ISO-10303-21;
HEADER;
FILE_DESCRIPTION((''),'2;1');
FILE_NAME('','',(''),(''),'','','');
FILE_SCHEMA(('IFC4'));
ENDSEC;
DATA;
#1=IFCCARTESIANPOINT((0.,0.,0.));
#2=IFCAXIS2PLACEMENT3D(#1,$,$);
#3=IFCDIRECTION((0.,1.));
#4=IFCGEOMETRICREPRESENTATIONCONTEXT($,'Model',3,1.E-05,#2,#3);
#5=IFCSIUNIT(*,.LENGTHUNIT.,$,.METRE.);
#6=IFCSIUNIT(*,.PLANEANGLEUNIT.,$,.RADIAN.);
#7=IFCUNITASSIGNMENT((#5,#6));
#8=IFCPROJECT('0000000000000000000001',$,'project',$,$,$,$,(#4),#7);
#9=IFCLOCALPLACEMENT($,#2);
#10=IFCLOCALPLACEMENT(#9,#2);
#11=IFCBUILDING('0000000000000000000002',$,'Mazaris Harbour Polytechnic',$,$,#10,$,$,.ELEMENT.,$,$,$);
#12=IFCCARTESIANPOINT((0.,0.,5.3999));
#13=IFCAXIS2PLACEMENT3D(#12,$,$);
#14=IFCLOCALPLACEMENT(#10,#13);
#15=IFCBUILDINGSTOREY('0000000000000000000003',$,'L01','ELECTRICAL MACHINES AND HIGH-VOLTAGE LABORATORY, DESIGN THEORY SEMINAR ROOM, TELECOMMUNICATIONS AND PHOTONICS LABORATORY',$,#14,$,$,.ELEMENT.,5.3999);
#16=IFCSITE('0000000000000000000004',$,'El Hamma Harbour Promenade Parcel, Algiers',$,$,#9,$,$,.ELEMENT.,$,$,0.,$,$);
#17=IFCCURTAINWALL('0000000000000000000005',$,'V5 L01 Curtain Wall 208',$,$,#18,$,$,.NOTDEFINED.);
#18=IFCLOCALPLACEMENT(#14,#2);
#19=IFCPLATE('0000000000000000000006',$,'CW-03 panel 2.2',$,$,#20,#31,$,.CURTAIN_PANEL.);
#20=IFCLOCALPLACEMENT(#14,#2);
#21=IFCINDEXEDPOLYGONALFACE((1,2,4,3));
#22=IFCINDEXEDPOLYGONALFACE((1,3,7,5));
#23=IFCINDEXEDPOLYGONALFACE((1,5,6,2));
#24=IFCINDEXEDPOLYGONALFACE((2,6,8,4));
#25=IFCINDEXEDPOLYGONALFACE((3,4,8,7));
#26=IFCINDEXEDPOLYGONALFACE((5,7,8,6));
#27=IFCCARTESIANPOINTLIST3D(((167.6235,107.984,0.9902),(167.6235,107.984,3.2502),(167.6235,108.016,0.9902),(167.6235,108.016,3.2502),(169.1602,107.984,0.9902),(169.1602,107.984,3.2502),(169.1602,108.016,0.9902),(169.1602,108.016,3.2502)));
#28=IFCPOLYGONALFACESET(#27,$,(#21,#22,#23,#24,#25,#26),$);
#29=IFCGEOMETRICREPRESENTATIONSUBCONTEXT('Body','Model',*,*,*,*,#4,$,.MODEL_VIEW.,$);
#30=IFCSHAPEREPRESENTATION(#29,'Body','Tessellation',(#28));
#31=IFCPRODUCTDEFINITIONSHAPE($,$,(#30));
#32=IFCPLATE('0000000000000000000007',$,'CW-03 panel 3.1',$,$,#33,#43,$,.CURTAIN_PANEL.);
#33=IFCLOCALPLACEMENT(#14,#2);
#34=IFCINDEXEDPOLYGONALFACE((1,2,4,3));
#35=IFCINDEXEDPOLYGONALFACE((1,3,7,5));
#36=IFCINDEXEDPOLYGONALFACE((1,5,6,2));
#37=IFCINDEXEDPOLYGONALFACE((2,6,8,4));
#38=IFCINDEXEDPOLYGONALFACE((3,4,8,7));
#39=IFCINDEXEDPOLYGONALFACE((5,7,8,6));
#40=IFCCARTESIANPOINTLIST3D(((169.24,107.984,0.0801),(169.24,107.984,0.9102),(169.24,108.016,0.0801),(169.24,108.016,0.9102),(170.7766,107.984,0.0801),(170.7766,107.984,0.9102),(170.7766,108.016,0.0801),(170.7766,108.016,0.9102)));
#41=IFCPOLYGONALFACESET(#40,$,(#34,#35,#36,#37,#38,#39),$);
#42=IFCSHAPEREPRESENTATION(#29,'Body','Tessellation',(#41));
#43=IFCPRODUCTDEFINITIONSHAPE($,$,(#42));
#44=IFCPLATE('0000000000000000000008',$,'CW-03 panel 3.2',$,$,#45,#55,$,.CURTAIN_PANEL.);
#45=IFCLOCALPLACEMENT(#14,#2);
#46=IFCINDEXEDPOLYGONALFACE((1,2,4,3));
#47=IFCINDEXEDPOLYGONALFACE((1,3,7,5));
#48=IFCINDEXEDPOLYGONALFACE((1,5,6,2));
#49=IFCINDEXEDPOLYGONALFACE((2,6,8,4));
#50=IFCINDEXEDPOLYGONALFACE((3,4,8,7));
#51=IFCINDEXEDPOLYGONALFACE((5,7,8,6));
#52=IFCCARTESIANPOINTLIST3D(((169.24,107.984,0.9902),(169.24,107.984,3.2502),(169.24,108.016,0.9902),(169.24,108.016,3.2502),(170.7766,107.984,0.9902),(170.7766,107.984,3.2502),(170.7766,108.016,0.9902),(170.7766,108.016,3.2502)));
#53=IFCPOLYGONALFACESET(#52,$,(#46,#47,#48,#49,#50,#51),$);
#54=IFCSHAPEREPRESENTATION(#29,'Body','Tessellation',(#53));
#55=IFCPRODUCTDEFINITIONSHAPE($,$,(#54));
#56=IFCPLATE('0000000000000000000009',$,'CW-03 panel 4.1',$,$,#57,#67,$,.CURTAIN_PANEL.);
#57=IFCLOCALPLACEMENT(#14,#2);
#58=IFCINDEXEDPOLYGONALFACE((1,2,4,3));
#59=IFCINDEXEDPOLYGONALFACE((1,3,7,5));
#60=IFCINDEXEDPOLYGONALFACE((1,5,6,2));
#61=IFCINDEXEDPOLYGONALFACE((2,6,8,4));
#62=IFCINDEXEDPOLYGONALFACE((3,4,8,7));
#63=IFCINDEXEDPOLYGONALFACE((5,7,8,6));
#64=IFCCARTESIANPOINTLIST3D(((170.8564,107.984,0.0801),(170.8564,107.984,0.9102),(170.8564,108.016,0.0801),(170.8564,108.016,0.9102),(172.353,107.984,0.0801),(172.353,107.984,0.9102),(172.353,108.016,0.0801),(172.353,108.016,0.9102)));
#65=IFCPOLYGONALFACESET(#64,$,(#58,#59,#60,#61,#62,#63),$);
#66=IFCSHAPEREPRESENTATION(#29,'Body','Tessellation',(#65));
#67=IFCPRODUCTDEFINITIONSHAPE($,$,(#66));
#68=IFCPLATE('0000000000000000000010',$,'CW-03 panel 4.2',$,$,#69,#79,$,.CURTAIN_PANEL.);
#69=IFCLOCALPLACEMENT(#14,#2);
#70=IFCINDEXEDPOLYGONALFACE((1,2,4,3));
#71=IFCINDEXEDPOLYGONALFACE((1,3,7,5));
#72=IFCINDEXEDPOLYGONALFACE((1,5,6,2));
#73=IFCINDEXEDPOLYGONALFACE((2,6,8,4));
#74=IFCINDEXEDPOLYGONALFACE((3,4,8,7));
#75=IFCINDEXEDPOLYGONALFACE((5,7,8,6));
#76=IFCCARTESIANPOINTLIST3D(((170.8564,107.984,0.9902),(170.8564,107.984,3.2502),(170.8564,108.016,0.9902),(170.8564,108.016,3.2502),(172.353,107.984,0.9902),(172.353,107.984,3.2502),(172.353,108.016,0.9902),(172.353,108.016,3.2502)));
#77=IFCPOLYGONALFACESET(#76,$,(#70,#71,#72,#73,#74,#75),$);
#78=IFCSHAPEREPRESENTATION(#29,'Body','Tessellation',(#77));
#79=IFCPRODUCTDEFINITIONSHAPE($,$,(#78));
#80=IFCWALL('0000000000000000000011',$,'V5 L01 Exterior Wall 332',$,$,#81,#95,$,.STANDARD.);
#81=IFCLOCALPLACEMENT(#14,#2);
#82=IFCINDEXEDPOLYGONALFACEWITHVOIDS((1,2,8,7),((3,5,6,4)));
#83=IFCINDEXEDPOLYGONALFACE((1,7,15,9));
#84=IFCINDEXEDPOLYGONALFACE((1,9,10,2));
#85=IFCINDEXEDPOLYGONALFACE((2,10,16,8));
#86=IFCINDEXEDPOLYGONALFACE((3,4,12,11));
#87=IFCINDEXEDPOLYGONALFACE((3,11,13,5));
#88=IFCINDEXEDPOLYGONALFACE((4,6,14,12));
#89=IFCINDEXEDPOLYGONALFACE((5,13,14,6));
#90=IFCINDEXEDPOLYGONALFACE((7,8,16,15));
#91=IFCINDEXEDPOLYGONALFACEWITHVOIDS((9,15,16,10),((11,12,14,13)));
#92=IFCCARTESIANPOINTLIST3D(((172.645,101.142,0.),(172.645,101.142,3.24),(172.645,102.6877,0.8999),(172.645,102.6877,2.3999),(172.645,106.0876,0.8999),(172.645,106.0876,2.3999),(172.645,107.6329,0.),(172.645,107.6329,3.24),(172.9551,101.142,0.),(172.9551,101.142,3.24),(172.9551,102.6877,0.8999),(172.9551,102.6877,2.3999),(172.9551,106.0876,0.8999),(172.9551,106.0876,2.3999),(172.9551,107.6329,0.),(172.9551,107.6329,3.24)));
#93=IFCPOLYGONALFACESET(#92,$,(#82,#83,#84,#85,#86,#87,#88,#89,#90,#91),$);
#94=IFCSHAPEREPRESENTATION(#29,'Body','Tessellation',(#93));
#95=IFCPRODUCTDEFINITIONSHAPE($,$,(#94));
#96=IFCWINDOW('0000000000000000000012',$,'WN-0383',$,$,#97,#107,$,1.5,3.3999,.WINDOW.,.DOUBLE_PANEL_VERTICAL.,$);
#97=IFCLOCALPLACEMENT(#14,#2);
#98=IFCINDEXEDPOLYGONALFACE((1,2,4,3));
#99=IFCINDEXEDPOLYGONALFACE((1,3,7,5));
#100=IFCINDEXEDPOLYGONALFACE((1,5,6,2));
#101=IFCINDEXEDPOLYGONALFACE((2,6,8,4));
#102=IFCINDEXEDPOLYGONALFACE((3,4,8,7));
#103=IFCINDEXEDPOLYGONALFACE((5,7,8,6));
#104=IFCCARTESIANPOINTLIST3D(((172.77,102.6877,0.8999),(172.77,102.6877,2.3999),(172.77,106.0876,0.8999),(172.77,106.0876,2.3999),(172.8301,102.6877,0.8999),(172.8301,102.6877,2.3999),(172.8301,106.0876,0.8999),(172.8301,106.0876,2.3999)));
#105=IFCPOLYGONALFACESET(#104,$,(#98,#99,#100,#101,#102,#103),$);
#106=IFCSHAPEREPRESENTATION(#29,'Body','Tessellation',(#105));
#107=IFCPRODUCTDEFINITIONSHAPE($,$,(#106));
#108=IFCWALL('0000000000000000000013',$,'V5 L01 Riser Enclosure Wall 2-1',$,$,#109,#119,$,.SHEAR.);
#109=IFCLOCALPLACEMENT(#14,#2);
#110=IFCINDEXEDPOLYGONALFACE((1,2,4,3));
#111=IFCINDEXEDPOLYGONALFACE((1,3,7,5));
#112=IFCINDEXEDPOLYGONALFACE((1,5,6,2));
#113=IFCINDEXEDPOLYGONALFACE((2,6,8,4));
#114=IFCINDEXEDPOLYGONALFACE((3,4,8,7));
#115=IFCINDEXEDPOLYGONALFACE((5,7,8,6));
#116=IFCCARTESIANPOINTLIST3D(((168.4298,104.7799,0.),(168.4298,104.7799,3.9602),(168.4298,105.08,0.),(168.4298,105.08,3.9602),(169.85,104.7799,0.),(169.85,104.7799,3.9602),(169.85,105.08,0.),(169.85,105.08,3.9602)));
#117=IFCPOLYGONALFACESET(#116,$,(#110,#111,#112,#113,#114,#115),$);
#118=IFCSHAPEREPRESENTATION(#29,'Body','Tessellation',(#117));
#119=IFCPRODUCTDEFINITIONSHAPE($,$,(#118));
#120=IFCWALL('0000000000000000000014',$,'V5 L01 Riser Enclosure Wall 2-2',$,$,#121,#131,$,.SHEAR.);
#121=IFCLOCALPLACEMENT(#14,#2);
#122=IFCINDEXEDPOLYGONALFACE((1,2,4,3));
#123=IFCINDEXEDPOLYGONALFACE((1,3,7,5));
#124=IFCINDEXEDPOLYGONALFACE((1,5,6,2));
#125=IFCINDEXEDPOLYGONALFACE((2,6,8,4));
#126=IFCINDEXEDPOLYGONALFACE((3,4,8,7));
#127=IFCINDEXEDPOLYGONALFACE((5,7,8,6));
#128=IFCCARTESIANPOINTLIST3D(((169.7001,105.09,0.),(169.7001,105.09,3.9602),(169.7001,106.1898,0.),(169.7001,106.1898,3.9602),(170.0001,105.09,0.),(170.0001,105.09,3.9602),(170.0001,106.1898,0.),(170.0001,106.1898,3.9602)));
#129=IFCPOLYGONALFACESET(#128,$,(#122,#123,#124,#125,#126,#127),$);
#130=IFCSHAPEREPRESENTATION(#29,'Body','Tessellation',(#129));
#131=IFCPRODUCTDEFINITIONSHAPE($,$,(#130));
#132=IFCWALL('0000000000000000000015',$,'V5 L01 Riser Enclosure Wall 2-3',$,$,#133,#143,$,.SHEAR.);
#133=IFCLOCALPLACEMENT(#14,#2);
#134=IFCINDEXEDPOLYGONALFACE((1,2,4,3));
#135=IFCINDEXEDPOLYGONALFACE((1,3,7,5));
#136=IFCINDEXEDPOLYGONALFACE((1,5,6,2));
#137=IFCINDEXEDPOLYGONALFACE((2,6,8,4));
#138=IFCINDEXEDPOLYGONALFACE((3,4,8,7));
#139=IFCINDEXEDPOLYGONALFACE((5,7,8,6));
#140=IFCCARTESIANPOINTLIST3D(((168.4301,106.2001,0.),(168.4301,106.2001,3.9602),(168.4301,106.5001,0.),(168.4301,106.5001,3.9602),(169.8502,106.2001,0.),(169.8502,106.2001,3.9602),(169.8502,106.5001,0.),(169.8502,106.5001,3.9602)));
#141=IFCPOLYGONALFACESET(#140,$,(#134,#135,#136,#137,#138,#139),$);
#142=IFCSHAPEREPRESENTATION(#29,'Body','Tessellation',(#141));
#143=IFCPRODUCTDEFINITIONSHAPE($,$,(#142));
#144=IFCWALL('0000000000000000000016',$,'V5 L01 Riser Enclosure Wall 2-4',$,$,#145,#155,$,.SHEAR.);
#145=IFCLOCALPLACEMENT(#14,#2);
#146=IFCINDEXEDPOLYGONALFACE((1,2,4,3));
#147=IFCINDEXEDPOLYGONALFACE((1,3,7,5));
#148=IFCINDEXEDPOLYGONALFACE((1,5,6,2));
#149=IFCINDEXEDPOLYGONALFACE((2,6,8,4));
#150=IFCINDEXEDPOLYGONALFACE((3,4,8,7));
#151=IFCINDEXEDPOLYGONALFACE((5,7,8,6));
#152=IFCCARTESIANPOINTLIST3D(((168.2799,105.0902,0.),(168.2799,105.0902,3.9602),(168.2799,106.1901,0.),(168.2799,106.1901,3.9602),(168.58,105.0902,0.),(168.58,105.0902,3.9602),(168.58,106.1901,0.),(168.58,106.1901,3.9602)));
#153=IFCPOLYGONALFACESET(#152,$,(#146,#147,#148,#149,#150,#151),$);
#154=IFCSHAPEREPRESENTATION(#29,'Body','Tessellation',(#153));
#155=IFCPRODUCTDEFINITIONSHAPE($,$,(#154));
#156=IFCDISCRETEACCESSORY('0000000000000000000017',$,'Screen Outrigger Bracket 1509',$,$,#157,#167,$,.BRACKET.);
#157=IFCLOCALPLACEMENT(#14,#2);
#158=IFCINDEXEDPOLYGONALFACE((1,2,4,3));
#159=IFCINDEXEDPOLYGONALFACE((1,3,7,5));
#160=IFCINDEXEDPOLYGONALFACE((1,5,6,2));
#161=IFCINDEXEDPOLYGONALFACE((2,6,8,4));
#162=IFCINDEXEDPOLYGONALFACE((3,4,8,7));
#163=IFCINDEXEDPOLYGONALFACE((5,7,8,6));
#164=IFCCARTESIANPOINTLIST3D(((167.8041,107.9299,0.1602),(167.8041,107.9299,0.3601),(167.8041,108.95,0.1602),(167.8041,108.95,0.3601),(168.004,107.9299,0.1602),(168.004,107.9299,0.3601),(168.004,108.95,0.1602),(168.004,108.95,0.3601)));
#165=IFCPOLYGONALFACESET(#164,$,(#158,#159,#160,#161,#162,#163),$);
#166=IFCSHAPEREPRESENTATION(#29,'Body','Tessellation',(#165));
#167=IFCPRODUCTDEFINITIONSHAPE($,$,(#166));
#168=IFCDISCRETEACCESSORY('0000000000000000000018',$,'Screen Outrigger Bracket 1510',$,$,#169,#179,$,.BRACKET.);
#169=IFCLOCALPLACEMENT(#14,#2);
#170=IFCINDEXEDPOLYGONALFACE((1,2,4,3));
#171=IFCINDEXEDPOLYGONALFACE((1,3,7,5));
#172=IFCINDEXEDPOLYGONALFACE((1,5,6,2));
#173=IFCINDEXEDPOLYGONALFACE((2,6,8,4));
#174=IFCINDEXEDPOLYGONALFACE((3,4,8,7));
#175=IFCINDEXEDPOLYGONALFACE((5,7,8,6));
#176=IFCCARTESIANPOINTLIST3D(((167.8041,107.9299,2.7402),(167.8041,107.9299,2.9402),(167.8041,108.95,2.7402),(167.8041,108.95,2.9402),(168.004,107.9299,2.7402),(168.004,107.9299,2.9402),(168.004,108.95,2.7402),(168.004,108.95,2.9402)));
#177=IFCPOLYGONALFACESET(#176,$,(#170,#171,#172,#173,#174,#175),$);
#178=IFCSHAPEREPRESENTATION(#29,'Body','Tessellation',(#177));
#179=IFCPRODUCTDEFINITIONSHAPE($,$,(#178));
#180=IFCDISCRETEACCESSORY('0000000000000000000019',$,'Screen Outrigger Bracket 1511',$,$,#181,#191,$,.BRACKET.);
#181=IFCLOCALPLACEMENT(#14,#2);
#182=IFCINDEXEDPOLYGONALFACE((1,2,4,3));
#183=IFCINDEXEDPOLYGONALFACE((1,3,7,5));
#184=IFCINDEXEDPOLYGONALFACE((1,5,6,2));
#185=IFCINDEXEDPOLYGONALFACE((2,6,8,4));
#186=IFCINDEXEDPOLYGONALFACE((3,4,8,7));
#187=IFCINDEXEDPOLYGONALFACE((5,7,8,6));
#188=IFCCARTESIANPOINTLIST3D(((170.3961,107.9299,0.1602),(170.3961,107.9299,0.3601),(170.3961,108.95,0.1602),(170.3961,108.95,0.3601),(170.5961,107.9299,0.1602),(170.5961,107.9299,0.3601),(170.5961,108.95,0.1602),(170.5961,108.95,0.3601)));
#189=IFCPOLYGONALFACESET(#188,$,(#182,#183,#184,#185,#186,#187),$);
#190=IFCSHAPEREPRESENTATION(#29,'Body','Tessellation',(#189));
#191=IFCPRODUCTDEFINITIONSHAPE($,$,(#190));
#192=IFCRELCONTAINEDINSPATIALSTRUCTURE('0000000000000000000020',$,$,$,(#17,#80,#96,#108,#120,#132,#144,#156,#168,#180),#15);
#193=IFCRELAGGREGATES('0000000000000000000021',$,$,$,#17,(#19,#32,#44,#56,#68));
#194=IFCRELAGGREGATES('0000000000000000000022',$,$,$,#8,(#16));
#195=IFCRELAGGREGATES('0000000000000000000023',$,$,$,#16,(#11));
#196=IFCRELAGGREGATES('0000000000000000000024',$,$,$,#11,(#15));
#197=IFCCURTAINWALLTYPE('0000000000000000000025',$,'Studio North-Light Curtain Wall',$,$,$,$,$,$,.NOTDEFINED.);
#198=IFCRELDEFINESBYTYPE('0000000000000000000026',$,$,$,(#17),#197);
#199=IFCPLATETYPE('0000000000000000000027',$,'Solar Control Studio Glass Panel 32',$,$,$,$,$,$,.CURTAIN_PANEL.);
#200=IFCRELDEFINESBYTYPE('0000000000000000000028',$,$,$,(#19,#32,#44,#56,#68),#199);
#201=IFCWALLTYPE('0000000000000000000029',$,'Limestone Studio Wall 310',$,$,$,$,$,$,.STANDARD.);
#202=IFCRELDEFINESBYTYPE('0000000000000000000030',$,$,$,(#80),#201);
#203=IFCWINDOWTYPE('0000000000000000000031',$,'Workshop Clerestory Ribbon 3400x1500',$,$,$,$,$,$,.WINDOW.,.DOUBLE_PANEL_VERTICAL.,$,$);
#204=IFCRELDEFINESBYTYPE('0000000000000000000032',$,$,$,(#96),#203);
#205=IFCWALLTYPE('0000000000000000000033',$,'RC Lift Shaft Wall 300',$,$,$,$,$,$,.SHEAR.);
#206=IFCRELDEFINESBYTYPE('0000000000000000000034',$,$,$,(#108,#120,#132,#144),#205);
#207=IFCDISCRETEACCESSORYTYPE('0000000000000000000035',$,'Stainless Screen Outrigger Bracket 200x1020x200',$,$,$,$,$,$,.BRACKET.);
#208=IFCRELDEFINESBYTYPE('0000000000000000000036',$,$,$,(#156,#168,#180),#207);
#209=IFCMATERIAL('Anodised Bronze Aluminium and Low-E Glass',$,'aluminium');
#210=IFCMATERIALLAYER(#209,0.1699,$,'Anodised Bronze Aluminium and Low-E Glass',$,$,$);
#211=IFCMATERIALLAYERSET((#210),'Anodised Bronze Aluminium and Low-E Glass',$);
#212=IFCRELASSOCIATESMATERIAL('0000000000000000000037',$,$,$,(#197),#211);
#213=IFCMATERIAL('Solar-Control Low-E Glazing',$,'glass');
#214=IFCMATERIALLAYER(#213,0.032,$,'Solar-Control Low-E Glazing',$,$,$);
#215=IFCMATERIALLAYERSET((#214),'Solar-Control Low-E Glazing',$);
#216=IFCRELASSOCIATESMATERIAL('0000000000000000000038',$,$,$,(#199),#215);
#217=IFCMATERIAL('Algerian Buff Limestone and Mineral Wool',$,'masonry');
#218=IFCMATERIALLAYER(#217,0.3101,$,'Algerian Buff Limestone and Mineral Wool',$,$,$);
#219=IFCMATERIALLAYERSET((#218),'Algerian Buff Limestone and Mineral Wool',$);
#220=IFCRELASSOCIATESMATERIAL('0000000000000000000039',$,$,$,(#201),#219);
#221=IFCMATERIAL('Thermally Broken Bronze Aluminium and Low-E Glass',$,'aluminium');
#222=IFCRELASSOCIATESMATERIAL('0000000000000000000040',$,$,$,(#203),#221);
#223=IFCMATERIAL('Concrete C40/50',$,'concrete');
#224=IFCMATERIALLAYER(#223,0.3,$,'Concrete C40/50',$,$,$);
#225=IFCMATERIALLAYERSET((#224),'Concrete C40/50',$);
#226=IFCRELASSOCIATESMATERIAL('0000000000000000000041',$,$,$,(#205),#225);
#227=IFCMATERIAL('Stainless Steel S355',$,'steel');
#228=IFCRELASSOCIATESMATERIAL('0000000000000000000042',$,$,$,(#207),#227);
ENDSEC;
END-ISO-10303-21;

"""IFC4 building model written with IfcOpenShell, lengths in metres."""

from ifc_helpers import new_model, si_unit, direction, frame, frame_2d, origin, origin_2d, place, context, subcontext, project, spatial, rectangle, extrude, material, layer, layer_set, type_object, element, fill, aggregate, save


model = new_model("IFC4")

# Units and contexts
model_context = context("Model", 3, precision=1e-05, world=origin(), true_north=direction((0.0, 1.0)))
body_context = subcontext(model_context, "Body", "Model", "MODEL_VIEW")
ifc_project = project(units=[si_unit("LENGTHUNIT", "METRE"), si_unit("PLANEANGLEUNIT", "RADIAN")], contexts=[model_context])

# Site, building, storey
site_placement = place(None, origin())
site = spatial("IfcSite", under=ifc_project, at=site_placement, Name="El Hamma Harbour Promenade Parcel, Algiers", CompositionType="ELEMENT", RefElevation=0.0)
building_placement = place(site_placement, origin())
building = spatial("IfcBuilding", under=site, at=building_placement, Name="Mazaris Harbour Polytechnic", CompositionType="ELEMENT")
storey_placement = place(building_placement, frame((0.0, 0.0, 5.3999)))
storey = spatial("IfcBuildingStorey", under=building, at=storey_placement, Name="L01", Description="ELECTRICAL MACHINES AND HIGH-VOLTAGE LABORATORY, DESIGN THEORY SEMINAR ROOM, TELECOMMUNICATIONS AND PHOTONICS LABORATORY", CompositionType="ELEMENT", Elevation=5.3999)

# Curtain wall
ifc_material_1 = material(Name="Anodised Bronze Aluminium and Low-E Glass", Category="aluminium")
ifc_layer_1 = layer(ifc_material_1, 0.1699, Name="Anodised Bronze Aluminium and Low-E Glass")
ifc_layer_set_1 = layer_set([ifc_layer_1], Name="Anodised Bronze Aluminium and Low-E Glass")
curtain_wall_type = type_object("IfcCurtainWallType", Name="Studio North-Light Curtain Wall", PredefinedType="NOTDEFINED", material=ifc_layer_set_1)
curtain_wall_placement = place(storey_placement, origin())
curtain_wall = element("IfcCurtainWall", 1, at=curtain_wall_placement, inside=storey, type_object=curtain_wall_type, Name="V5 L01 Curtain Wall 208", PredefinedType="NOTDEFINED")

# Plates
ifc_material_2 = material(Name="Solar-Control Low-E Glazing", Category="glass")
ifc_layer_2 = layer(ifc_material_2, 0.032, Name="Solar-Control Low-E Glazing")
ifc_layer_set_2 = layer_set([ifc_layer_2], Name="Solar-Control Low-E Glazing")
plate_type = type_object("IfcPlateType", Name="Solar Control Studio Glass Panel 32", PredefinedType="CURTAIN_PANEL", material=ifc_layer_set_2)
plate_1_placement = place(storey_placement, frame((168.3918, 108.0, 0.9902), z_axis=(0.0, 0.0, 1.0), x_axis=(1.0, 0.0, 0.0)))
plate_1 = element("IfcPlate", 2, at=plate_1_placement, type_object=plate_type, Name="CW-03 panel 2.2", PredefinedType="CURTAIN_PANEL", context=body_context, shape_type="SweptSolid", body=[
    extrude(rectangle(XDim=1.5366, YDim=0.032, at=origin_2d()), origin(), (0.0, 0.0, 1.0), 2.26),
])
plate_2_placement = place(storey_placement, frame((170.0083, 108.0, 0.0801), z_axis=(0.0, 0.0, 1.0), x_axis=(1.0, 0.0, 0.0)))
plate_2 = element("IfcPlate", 3, at=plate_2_placement, type_object=plate_type, Name="CW-03 panel 3.1", PredefinedType="CURTAIN_PANEL", context=body_context, shape_type="SweptSolid", body=[
    extrude(rectangle(XDim=1.5366, YDim=0.032, at=origin_2d()), origin(), (0.0, 0.0, 1.0), 0.8301),
])
plate_3_placement = place(storey_placement, frame((170.0083, 108.0, 0.9902), z_axis=(0.0, 0.0, 1.0), x_axis=(1.0, 0.0, 0.0)))
plate_3 = element("IfcPlate", 4, at=plate_3_placement, type_object=plate_type, Name="CW-03 panel 3.2", PredefinedType="CURTAIN_PANEL", context=body_context, shape_type="SweptSolid", body=[
    extrude(rectangle(XDim=1.5366, YDim=0.032, at=origin_2d()), origin(), (0.0, 0.0, 1.0), 2.26),
])
plate_4_placement = place(storey_placement, frame((171.6047, 108.0, 0.0801), z_axis=(0.0, 0.0, 1.0), x_axis=(1.0, 0.0, 0.0)))
plate_4 = element("IfcPlate", 5, at=plate_4_placement, type_object=plate_type, Name="CW-03 panel 4.1", PredefinedType="CURTAIN_PANEL", context=body_context, shape_type="SweptSolid", body=[
    extrude(rectangle(XDim=1.4966, YDim=0.032, at=origin_2d()), origin(), (0.0, 0.0, 1.0), 0.8301),
])
plate_5_placement = place(storey_placement, frame((171.6047, 108.0, 0.9902), z_axis=(0.0, 0.0, 1.0), x_axis=(1.0, 0.0, 0.0)))
plate_5 = element("IfcPlate", 6, at=plate_5_placement, type_object=plate_type, Name="CW-03 panel 4.2", PredefinedType="CURTAIN_PANEL", context=body_context, shape_type="SweptSolid", body=[
    extrude(rectangle(XDim=1.4966, YDim=0.032, at=origin_2d()), origin(), (0.0, 0.0, 1.0), 2.26),
])
aggregate(curtain_wall, [plate_1, plate_2, plate_3, plate_4, plate_5])

# Wall, opening, window
ifc_material_3 = material(Name="Algerian Buff Limestone and Mineral Wool", Category="masonry")
ifc_layer_3 = layer(ifc_material_3, 0.3101, Name="Algerian Buff Limestone and Mineral Wool")
ifc_layer_set_3 = layer_set([ifc_layer_3], Name="Algerian Buff Limestone and Mineral Wool")
wall_type_1 = type_object("IfcWallType", Name="Limestone Studio Wall 310", PredefinedType="STANDARD", material=ifc_layer_set_3)
wall_1_placement = place(storey_placement, frame((172.8, 107.6331, 0.0), z_axis=(0.0, 0.0, 1.0), x_axis=(0.0, -1.0, 0.0)))
wall_1 = element("IfcWall", 7, at=wall_1_placement, inside=storey, type_object=wall_type_1, Name="V5 L01 Exterior Wall 332", PredefinedType="STANDARD", context=body_context, shape_type="SweptSolid", body=[
    extrude(rectangle(XDim=6.491, YDim=0.3101, at=frame_2d((3.2456, 0.0))), origin(), (0.0, 0.0, 1.0), 3.24),
])
opening_placement = place(wall_1_placement, frame((1.5454, 0.0, 0.8999)))
opening = element("IfcOpeningElement", 8, at=opening_placement, cuts=wall_1, PredefinedType="OPENING", context=body_context, shape_type="SweptSolid", body=[
    extrude(rectangle(XDim=3.3999, YDim=1.5, at=frame_2d((1.7, 0.75))), frame((0.0, 0.165, 0.0), z_axis=(0.0, -1.0, 0.0), x_axis=(1.0, 0.0, 0.0)), (0.0, 0.0, 1.0), 0.3301),
])
ifc_material_4 = material(Name="Thermally Broken Bronze Aluminium and Low-E Glass", Category="aluminium")
window_type = type_object("IfcWindowType", Name="Workshop Clerestory Ribbon 3400x1500", PartitioningType="DOUBLE_PANEL_VERTICAL", PredefinedType="WINDOW", material=ifc_material_4)
window_placement = place(opening_placement, origin())
window = element("IfcWindow", 9, at=window_placement, inside=storey, type_object=window_type, Name="WN-0383", OverallHeight=1.5, OverallWidth=3.3999, PartitioningType="DOUBLE_PANEL_VERTICAL", PredefinedType="WINDOW", context=body_context, shape_type="SweptSolid", body=[
    extrude(rectangle(XDim=3.3999, YDim=1.5, at=frame_2d((1.7, 0.75))), frame((0.0, 0.03, 0.0), z_axis=(0.0, -1.0, 0.0), x_axis=(1.0, 0.0, 0.0)), (0.0, 0.0, 1.0), 0.0601),
])
fill(opening, window)

# Walls
ifc_material_5 = material(Name="Concrete C40/50", Category="concrete")
ifc_layer_4 = layer(ifc_material_5, 0.3, Name="Concrete C40/50")
ifc_layer_set_4 = layer_set([ifc_layer_4], Name="Concrete C40/50")
wall_type_2 = type_object("IfcWallType", Name="RC Lift Shaft Wall 300", PredefinedType="SHEAR", material=ifc_layer_set_4)
wall_2_placement = place(storey_placement, frame((168.4299, 104.9299, 0.0), z_axis=(0.0, 0.0, 1.0), x_axis=(1.0, 0.0, 0.0)))
element("IfcWall", 10, at=wall_2_placement, inside=storey, type_object=wall_type_2, Name="V5 L01 Riser Enclosure Wall 2-1", PredefinedType="SHEAR", context=body_context, shape_type="SweptSolid", body=[
    extrude(rectangle(XDim=1.4202, YDim=0.3, at=frame_2d((0.71, 0.0))), origin(), (0.0, 0.0, 1.0), 3.9602),
])
wall_3_placement = place(storey_placement, frame((169.8501, 105.0901, 0.0), z_axis=(0.0, 0.0, 1.0), x_axis=(0.0, 1.0, 0.0)))
element("IfcWall", 11, at=wall_3_placement, inside=storey, type_object=wall_type_2, Name="V5 L01 Riser Enclosure Wall 2-2", PredefinedType="SHEAR", context=body_context, shape_type="SweptSolid", body=[
    extrude(rectangle(XDim=1.0999, YDim=0.3, at=frame_2d((0.5498, 0.0))), origin(), (0.0, 0.0, 1.0), 3.9602),
])
wall_4_placement = place(storey_placement, frame((169.8501, 106.3501, 0.0), z_axis=(0.0, 0.0, 1.0), x_axis=(-1.0, 0.0, 0.0)))
element("IfcWall", 12, at=wall_4_placement, inside=storey, type_object=wall_type_2, Name="V5 L01 Riser Enclosure Wall 2-3", PredefinedType="SHEAR", context=body_context, shape_type="SweptSolid", body=[
    extrude(rectangle(XDim=1.4202, YDim=0.3, at=frame_2d((0.71, 0.0))), origin(), (0.0, 0.0, 1.0), 3.9602),
])
wall_5_placement = place(storey_placement, frame((168.4299, 106.1899, 0.0), z_axis=(0.0, 0.0, 1.0), x_axis=(0.0, -1.0, 0.0)))
element("IfcWall", 13, at=wall_5_placement, inside=storey, type_object=wall_type_2, Name="V5 L01 Riser Enclosure Wall 2-4", PredefinedType="SHEAR", context=body_context, shape_type="SweptSolid", body=[
    extrude(rectangle(XDim=1.0999, YDim=0.3, at=frame_2d((0.5498, 0.0))), origin(), (0.0, 0.0, 1.0), 3.9602),
])

# Discrete accessories
ifc_material_6 = material(Name="Stainless Steel S355", Category="steel")
discrete_accessory_type = type_object("IfcDiscreteAccessoryType", Name="Stainless Screen Outrigger Bracket 200x1020x200", PredefinedType="BRACKET", material=ifc_material_6)
for number, where, z_axis, x_axis, name in (
    (14, (167.9041, 108.4399, 0.1602), (0.0, 0.0, 1.0), (1.0, 0.0, 0.0), "Screen Outrigger Bracket 1509"),
    (15, (167.9041, 108.4399, 2.7402), (0.0, 0.0, 1.0), (1.0, 0.0, 0.0), "Screen Outrigger Bracket 1510"),
    (16, (170.4961, 108.4399, 0.1602), (0.0, 0.0, 1.0), (1.0, 0.0, 0.0), "Screen Outrigger Bracket 1511"),
):
    element("IfcDiscreteAccessory", number, at=place(storey_placement, frame(where, z_axis=z_axis, x_axis=x_axis)), inside=storey, type_object=discrete_accessory_type, Name=name, PredefinedType="BRACKET", context=body_context, shape_type="SweptSolid", body=[
        extrude(rectangle(XDim=0.2, YDim=1.02, at=origin_2d()), origin(), (0.0, 0.0, 1.0), 0.2),
    ])

save(model, "model.ifc")
